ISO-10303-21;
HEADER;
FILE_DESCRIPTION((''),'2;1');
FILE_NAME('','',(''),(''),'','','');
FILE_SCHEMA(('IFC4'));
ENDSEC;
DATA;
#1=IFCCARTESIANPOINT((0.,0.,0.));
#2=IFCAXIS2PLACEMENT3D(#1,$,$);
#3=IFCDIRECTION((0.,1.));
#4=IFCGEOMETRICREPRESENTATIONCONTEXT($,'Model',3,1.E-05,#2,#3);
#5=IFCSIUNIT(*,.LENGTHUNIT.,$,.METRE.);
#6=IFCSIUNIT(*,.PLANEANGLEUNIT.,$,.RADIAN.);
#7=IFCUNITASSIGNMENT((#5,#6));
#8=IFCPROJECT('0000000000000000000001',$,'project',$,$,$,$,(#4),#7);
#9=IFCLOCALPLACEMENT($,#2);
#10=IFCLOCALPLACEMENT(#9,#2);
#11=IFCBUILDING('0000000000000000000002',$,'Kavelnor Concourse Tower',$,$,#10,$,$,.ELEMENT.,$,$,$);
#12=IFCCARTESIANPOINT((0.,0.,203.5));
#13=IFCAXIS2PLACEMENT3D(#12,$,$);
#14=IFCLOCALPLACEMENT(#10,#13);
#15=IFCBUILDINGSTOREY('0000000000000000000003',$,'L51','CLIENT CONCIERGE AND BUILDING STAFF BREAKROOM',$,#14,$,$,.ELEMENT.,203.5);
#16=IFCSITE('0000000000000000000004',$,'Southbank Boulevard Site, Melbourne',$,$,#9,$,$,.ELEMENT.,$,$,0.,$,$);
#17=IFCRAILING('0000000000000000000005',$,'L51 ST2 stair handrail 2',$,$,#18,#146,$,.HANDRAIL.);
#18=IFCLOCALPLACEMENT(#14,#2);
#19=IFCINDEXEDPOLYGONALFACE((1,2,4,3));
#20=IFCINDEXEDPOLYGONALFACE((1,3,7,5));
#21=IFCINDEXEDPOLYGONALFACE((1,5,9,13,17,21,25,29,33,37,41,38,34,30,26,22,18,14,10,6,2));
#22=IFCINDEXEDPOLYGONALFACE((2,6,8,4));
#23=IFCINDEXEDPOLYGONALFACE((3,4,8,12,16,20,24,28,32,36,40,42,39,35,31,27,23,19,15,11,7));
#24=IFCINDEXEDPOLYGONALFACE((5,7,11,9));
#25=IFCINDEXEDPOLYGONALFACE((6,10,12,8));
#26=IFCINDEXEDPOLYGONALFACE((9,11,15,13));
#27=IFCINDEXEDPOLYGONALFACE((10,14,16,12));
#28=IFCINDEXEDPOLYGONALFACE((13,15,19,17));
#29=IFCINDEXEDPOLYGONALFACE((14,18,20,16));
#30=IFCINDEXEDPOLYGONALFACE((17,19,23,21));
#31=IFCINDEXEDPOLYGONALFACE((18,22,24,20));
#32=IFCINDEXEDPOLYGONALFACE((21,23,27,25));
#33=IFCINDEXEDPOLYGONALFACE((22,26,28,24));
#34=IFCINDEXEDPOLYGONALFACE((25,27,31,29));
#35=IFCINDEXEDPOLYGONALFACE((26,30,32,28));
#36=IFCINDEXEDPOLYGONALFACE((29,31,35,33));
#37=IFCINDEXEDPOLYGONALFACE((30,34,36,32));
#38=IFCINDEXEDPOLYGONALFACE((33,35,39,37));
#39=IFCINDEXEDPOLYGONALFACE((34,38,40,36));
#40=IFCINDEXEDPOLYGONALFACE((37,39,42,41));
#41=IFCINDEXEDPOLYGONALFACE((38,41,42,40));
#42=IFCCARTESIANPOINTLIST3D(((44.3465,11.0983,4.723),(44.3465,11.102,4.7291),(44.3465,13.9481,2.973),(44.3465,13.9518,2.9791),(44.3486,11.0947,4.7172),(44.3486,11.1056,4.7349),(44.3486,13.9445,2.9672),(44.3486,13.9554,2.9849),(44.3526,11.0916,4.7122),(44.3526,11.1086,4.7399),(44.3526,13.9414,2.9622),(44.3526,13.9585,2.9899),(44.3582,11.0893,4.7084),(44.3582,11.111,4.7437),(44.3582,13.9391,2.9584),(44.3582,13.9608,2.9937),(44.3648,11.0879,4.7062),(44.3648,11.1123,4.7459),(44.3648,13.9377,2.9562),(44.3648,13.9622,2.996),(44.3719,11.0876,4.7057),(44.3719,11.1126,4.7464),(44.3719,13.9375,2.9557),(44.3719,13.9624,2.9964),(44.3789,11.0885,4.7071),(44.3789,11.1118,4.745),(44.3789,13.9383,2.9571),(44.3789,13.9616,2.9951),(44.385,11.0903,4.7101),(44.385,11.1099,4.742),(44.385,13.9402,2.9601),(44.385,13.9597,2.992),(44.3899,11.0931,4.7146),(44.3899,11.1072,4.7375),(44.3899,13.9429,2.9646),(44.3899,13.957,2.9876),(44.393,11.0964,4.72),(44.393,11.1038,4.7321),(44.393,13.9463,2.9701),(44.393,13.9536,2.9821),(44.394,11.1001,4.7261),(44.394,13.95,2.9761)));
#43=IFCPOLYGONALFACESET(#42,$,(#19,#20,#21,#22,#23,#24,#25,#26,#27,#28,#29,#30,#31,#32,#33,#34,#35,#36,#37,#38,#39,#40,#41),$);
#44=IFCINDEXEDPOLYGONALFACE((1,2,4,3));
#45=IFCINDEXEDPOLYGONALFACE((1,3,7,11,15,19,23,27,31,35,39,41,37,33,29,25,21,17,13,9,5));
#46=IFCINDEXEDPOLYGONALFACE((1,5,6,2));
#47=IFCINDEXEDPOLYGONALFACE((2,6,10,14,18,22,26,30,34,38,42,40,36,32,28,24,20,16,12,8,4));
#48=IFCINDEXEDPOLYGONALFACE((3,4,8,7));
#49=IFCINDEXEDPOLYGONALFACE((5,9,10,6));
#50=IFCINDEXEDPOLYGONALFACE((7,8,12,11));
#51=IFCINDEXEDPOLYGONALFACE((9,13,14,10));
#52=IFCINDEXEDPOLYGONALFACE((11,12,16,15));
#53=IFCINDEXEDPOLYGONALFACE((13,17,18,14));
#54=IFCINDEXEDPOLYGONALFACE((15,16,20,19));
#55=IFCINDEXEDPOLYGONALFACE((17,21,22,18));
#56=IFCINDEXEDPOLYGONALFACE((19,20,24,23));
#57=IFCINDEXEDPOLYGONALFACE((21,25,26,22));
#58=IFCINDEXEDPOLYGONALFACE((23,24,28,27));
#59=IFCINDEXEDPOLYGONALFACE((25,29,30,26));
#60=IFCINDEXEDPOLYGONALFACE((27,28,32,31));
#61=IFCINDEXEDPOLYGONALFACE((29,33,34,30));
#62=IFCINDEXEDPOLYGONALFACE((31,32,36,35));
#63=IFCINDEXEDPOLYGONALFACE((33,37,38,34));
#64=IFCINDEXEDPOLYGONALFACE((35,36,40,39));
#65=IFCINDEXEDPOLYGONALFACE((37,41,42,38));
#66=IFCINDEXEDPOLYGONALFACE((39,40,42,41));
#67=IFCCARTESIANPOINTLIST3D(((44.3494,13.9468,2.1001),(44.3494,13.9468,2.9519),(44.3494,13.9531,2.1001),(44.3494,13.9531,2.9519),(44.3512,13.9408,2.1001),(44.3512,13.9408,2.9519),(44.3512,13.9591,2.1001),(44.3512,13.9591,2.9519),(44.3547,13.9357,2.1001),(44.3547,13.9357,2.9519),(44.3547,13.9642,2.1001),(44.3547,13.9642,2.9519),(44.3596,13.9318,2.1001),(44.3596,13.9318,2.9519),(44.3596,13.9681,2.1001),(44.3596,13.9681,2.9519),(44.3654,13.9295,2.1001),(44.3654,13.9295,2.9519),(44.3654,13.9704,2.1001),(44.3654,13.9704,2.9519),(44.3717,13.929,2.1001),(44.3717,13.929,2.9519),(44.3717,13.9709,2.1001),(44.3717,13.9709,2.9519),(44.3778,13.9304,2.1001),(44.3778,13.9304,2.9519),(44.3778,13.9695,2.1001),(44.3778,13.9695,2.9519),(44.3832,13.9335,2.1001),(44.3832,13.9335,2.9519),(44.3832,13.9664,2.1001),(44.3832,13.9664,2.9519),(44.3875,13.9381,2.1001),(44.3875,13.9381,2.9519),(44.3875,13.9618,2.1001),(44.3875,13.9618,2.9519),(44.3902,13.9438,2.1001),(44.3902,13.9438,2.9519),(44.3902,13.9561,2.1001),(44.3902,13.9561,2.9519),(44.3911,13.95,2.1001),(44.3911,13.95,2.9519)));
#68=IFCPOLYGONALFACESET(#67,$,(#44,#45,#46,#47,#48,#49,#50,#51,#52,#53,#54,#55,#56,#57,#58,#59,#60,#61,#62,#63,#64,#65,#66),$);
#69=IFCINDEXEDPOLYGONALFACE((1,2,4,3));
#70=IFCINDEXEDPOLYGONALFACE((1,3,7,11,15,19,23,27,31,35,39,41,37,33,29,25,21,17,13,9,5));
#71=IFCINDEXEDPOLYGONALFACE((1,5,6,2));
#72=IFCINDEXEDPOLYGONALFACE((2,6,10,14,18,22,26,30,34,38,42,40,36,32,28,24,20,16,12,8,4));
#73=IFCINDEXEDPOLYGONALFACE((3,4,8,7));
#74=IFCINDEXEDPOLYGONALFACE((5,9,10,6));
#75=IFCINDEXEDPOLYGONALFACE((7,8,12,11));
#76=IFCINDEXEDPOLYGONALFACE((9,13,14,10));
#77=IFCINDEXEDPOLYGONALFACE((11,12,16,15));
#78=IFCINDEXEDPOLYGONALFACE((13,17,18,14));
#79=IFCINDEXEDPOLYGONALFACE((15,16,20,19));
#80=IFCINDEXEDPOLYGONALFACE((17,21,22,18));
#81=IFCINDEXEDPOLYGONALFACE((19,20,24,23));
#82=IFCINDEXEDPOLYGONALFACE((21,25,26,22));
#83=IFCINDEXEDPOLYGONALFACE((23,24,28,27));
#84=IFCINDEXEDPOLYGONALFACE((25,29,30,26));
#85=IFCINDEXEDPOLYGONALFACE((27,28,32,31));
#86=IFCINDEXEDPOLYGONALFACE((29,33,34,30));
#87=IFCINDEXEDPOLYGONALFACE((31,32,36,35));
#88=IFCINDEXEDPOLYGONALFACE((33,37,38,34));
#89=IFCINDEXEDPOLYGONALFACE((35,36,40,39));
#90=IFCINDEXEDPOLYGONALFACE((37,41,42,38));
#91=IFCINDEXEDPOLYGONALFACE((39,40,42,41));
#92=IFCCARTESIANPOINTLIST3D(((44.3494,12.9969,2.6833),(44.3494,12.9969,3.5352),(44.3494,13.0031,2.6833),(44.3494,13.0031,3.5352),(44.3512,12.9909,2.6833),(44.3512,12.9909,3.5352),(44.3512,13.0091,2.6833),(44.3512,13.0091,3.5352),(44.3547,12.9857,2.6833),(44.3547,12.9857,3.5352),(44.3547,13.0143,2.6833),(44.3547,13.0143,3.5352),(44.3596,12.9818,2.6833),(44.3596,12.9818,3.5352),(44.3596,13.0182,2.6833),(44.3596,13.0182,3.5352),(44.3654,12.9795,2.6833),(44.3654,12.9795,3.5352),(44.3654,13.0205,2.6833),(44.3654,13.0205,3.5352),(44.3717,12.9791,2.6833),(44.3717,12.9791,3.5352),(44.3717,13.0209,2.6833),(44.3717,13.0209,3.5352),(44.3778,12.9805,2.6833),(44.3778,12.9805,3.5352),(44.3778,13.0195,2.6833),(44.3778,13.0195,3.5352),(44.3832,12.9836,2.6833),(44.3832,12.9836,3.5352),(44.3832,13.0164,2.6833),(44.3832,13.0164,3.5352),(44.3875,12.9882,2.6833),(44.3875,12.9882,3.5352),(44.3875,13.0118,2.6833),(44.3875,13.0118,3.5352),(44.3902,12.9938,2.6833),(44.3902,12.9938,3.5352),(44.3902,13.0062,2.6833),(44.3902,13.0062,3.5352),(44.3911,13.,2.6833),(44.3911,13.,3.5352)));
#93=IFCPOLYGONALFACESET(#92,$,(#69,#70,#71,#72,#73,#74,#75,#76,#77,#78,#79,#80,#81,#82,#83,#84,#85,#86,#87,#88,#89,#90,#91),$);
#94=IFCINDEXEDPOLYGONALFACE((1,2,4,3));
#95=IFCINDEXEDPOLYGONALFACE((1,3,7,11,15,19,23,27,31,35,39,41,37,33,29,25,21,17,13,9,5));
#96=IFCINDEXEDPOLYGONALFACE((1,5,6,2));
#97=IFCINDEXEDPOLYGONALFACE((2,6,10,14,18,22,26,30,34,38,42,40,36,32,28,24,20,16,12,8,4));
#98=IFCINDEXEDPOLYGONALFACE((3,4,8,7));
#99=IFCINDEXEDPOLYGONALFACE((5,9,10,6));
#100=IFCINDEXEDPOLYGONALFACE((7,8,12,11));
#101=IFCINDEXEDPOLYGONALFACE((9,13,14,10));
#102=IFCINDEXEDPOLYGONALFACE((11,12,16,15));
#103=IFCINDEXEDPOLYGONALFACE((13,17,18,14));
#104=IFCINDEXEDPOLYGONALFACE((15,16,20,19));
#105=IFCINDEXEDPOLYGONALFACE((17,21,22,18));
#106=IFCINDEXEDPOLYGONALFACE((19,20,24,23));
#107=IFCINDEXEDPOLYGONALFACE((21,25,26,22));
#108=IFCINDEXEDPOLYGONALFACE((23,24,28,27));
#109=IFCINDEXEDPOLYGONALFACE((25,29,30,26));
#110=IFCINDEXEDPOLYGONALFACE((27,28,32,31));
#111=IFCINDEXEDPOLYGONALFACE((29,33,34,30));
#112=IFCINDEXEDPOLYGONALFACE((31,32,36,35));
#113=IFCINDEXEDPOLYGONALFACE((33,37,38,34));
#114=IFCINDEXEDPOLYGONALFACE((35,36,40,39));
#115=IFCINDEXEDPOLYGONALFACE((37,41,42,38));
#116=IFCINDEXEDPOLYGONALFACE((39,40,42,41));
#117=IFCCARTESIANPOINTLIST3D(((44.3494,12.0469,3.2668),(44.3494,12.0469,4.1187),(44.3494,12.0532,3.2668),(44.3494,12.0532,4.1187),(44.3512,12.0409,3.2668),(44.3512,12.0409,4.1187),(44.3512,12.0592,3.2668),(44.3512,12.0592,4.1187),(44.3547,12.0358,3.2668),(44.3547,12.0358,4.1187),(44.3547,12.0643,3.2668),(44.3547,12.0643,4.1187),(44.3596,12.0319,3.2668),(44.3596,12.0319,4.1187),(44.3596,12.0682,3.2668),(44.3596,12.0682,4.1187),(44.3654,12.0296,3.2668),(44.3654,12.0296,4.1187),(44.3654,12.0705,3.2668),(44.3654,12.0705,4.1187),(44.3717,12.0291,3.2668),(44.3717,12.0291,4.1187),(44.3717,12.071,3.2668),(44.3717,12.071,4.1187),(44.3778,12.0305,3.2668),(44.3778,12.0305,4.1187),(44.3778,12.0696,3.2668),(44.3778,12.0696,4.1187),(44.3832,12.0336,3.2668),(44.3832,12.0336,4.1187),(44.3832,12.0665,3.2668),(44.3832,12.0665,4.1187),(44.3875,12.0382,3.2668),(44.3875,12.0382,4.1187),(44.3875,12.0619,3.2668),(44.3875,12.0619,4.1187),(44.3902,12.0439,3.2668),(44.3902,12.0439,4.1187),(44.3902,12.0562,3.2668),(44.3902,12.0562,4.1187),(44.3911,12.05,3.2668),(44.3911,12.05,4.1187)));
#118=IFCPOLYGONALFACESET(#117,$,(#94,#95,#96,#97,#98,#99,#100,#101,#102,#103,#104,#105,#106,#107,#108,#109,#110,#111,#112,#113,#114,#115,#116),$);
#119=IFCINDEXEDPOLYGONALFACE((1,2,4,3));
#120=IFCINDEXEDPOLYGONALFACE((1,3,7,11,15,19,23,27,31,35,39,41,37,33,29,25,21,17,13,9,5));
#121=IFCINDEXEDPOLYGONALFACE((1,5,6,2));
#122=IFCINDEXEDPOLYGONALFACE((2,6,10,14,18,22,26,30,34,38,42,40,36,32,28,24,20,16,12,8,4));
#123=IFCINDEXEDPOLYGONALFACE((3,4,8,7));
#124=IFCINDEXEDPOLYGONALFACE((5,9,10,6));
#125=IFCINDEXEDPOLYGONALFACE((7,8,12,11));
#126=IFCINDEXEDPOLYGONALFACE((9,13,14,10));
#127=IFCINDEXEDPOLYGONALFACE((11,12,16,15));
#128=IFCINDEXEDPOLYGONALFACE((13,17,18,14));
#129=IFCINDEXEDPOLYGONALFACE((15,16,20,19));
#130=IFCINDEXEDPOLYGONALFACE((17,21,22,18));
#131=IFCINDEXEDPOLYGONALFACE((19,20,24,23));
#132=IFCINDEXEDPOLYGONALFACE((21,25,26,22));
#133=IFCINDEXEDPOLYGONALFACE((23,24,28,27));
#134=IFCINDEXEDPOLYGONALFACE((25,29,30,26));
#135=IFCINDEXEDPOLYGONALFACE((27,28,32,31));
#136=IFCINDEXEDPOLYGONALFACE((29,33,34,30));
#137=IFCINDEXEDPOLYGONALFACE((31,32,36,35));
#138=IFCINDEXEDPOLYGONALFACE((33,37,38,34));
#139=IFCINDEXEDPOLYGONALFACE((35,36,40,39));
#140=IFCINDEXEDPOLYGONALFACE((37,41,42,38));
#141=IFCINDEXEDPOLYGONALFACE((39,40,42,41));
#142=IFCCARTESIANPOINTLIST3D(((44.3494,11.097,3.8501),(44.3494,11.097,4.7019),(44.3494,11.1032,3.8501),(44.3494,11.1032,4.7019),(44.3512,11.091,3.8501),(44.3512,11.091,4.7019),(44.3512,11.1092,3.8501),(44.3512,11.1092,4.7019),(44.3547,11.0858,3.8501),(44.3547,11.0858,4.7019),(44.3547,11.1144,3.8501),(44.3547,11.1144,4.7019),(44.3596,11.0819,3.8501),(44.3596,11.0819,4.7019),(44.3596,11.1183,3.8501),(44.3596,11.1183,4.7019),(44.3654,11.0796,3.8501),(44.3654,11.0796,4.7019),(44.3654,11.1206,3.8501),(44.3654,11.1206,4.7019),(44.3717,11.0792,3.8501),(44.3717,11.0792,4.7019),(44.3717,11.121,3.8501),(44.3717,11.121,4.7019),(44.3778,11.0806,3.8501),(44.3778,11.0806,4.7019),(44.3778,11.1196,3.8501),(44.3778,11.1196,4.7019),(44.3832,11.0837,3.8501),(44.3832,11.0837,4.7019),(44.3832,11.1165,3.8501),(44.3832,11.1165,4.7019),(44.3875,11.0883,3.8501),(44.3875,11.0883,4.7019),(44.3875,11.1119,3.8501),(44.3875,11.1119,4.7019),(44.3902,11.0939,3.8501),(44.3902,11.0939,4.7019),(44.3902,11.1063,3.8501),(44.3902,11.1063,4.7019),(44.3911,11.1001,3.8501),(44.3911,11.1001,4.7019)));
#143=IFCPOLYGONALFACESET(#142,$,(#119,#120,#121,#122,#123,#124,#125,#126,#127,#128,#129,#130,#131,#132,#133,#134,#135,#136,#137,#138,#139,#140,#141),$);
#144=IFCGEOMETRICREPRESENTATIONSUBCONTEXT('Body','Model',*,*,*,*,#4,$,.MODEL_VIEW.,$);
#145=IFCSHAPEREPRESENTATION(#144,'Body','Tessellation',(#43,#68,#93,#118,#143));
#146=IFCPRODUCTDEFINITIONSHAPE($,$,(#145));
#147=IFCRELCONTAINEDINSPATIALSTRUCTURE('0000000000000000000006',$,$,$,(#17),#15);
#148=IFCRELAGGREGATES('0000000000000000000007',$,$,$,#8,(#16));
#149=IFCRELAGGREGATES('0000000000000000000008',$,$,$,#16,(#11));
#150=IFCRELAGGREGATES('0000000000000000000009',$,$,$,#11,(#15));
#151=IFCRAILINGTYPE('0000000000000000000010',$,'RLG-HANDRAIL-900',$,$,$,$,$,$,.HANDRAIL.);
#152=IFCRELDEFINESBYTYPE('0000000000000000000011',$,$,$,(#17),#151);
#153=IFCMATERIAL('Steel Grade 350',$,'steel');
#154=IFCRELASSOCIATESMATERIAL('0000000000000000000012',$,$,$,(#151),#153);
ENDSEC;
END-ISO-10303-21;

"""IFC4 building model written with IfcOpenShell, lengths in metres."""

from ifc_helpers import new_model, si_unit, direction, frame, origin, origin_2d, place, context, subcontext, project, spatial, circle, extrude, material, type_object, element, save


model = new_model("IFC4")

# Units and contexts
model_context = context("Model", 3, precision=1e-05, world=origin(), true_north=direction((0.0, 1.0)))
body_context = subcontext(model_context, "Body", "Model", "MODEL_VIEW")
ifc_project = project(units=[si_unit("LENGTHUNIT", "METRE"), si_unit("PLANEANGLEUNIT", "RADIAN")], contexts=[model_context])

# Site, building, storey
site_placement = place(None, origin())
site = spatial("IfcSite", under=ifc_project, at=site_placement, Name="Southbank Boulevard Site, Melbourne", CompositionType="ELEMENT", RefElevation=0.0)
building_placement = place(site_placement, origin())
building = spatial("IfcBuilding", under=site, at=building_placement, Name="Kavelnor Concourse Tower", CompositionType="ELEMENT")
storey_placement = place(building_placement, frame((0.0, 0.0, 203.5)))
storey = spatial("IfcBuildingStorey", under=building, at=storey_placement, Name="L51", Description="CLIENT CONCIERGE AND BUILDING STAFF BREAKROOM", CompositionType="ELEMENT", Elevation=203.5)

# Shared definitions
ifc_material_1 = material(Name="Steel Grade 350", Category="steel")

# Railing
railing_type_1 = type_object("IfcRailingType", Name="RLG-HANDRAIL-900", PredefinedType="HANDRAIL", material=ifc_material_1)
railing_1_placement = place(storey_placement, frame((44.3701, 13.95, 2.1001)))
element("IfcRailing", 1, at=railing_1_placement, inside=storey, type_object=railing_type_1, Name="L51 ST2 stair handrail 2", PredefinedType="HANDRAIL", context=body_context, shape_type="SweptSolid", body=[
    extrude(circle(Radius=0.0239, at=origin_2d()), frame((0.0, 0.0, 0.876), z_axis=(0.0, -0.852159, 0.523283), x_axis=(1.0, 0.0, 0.0)), (0.0, 0.0, 1.0), 3.3442),
    extrude(circle(Radius=0.021, at=origin_2d()), origin(), (0.0, 0.0, 1.0), 0.8518),
    extrude(circle(Radius=0.021, at=origin_2d()), frame((0.0, -0.95, 0.5833)), (0.0, 0.0, 1.0), 0.8518),
    extrude(circle(Radius=0.021, at=origin_2d()), frame((0.0, -1.8999, 1.1667)), (0.0, 0.0, 1.0), 0.8518),
    extrude(circle(Radius=0.021, at=origin_2d()), frame((0.0, -2.8499, 1.75)), (0.0, 0.0, 1.0), 0.8518),
])

save(model, "model.ifc")
